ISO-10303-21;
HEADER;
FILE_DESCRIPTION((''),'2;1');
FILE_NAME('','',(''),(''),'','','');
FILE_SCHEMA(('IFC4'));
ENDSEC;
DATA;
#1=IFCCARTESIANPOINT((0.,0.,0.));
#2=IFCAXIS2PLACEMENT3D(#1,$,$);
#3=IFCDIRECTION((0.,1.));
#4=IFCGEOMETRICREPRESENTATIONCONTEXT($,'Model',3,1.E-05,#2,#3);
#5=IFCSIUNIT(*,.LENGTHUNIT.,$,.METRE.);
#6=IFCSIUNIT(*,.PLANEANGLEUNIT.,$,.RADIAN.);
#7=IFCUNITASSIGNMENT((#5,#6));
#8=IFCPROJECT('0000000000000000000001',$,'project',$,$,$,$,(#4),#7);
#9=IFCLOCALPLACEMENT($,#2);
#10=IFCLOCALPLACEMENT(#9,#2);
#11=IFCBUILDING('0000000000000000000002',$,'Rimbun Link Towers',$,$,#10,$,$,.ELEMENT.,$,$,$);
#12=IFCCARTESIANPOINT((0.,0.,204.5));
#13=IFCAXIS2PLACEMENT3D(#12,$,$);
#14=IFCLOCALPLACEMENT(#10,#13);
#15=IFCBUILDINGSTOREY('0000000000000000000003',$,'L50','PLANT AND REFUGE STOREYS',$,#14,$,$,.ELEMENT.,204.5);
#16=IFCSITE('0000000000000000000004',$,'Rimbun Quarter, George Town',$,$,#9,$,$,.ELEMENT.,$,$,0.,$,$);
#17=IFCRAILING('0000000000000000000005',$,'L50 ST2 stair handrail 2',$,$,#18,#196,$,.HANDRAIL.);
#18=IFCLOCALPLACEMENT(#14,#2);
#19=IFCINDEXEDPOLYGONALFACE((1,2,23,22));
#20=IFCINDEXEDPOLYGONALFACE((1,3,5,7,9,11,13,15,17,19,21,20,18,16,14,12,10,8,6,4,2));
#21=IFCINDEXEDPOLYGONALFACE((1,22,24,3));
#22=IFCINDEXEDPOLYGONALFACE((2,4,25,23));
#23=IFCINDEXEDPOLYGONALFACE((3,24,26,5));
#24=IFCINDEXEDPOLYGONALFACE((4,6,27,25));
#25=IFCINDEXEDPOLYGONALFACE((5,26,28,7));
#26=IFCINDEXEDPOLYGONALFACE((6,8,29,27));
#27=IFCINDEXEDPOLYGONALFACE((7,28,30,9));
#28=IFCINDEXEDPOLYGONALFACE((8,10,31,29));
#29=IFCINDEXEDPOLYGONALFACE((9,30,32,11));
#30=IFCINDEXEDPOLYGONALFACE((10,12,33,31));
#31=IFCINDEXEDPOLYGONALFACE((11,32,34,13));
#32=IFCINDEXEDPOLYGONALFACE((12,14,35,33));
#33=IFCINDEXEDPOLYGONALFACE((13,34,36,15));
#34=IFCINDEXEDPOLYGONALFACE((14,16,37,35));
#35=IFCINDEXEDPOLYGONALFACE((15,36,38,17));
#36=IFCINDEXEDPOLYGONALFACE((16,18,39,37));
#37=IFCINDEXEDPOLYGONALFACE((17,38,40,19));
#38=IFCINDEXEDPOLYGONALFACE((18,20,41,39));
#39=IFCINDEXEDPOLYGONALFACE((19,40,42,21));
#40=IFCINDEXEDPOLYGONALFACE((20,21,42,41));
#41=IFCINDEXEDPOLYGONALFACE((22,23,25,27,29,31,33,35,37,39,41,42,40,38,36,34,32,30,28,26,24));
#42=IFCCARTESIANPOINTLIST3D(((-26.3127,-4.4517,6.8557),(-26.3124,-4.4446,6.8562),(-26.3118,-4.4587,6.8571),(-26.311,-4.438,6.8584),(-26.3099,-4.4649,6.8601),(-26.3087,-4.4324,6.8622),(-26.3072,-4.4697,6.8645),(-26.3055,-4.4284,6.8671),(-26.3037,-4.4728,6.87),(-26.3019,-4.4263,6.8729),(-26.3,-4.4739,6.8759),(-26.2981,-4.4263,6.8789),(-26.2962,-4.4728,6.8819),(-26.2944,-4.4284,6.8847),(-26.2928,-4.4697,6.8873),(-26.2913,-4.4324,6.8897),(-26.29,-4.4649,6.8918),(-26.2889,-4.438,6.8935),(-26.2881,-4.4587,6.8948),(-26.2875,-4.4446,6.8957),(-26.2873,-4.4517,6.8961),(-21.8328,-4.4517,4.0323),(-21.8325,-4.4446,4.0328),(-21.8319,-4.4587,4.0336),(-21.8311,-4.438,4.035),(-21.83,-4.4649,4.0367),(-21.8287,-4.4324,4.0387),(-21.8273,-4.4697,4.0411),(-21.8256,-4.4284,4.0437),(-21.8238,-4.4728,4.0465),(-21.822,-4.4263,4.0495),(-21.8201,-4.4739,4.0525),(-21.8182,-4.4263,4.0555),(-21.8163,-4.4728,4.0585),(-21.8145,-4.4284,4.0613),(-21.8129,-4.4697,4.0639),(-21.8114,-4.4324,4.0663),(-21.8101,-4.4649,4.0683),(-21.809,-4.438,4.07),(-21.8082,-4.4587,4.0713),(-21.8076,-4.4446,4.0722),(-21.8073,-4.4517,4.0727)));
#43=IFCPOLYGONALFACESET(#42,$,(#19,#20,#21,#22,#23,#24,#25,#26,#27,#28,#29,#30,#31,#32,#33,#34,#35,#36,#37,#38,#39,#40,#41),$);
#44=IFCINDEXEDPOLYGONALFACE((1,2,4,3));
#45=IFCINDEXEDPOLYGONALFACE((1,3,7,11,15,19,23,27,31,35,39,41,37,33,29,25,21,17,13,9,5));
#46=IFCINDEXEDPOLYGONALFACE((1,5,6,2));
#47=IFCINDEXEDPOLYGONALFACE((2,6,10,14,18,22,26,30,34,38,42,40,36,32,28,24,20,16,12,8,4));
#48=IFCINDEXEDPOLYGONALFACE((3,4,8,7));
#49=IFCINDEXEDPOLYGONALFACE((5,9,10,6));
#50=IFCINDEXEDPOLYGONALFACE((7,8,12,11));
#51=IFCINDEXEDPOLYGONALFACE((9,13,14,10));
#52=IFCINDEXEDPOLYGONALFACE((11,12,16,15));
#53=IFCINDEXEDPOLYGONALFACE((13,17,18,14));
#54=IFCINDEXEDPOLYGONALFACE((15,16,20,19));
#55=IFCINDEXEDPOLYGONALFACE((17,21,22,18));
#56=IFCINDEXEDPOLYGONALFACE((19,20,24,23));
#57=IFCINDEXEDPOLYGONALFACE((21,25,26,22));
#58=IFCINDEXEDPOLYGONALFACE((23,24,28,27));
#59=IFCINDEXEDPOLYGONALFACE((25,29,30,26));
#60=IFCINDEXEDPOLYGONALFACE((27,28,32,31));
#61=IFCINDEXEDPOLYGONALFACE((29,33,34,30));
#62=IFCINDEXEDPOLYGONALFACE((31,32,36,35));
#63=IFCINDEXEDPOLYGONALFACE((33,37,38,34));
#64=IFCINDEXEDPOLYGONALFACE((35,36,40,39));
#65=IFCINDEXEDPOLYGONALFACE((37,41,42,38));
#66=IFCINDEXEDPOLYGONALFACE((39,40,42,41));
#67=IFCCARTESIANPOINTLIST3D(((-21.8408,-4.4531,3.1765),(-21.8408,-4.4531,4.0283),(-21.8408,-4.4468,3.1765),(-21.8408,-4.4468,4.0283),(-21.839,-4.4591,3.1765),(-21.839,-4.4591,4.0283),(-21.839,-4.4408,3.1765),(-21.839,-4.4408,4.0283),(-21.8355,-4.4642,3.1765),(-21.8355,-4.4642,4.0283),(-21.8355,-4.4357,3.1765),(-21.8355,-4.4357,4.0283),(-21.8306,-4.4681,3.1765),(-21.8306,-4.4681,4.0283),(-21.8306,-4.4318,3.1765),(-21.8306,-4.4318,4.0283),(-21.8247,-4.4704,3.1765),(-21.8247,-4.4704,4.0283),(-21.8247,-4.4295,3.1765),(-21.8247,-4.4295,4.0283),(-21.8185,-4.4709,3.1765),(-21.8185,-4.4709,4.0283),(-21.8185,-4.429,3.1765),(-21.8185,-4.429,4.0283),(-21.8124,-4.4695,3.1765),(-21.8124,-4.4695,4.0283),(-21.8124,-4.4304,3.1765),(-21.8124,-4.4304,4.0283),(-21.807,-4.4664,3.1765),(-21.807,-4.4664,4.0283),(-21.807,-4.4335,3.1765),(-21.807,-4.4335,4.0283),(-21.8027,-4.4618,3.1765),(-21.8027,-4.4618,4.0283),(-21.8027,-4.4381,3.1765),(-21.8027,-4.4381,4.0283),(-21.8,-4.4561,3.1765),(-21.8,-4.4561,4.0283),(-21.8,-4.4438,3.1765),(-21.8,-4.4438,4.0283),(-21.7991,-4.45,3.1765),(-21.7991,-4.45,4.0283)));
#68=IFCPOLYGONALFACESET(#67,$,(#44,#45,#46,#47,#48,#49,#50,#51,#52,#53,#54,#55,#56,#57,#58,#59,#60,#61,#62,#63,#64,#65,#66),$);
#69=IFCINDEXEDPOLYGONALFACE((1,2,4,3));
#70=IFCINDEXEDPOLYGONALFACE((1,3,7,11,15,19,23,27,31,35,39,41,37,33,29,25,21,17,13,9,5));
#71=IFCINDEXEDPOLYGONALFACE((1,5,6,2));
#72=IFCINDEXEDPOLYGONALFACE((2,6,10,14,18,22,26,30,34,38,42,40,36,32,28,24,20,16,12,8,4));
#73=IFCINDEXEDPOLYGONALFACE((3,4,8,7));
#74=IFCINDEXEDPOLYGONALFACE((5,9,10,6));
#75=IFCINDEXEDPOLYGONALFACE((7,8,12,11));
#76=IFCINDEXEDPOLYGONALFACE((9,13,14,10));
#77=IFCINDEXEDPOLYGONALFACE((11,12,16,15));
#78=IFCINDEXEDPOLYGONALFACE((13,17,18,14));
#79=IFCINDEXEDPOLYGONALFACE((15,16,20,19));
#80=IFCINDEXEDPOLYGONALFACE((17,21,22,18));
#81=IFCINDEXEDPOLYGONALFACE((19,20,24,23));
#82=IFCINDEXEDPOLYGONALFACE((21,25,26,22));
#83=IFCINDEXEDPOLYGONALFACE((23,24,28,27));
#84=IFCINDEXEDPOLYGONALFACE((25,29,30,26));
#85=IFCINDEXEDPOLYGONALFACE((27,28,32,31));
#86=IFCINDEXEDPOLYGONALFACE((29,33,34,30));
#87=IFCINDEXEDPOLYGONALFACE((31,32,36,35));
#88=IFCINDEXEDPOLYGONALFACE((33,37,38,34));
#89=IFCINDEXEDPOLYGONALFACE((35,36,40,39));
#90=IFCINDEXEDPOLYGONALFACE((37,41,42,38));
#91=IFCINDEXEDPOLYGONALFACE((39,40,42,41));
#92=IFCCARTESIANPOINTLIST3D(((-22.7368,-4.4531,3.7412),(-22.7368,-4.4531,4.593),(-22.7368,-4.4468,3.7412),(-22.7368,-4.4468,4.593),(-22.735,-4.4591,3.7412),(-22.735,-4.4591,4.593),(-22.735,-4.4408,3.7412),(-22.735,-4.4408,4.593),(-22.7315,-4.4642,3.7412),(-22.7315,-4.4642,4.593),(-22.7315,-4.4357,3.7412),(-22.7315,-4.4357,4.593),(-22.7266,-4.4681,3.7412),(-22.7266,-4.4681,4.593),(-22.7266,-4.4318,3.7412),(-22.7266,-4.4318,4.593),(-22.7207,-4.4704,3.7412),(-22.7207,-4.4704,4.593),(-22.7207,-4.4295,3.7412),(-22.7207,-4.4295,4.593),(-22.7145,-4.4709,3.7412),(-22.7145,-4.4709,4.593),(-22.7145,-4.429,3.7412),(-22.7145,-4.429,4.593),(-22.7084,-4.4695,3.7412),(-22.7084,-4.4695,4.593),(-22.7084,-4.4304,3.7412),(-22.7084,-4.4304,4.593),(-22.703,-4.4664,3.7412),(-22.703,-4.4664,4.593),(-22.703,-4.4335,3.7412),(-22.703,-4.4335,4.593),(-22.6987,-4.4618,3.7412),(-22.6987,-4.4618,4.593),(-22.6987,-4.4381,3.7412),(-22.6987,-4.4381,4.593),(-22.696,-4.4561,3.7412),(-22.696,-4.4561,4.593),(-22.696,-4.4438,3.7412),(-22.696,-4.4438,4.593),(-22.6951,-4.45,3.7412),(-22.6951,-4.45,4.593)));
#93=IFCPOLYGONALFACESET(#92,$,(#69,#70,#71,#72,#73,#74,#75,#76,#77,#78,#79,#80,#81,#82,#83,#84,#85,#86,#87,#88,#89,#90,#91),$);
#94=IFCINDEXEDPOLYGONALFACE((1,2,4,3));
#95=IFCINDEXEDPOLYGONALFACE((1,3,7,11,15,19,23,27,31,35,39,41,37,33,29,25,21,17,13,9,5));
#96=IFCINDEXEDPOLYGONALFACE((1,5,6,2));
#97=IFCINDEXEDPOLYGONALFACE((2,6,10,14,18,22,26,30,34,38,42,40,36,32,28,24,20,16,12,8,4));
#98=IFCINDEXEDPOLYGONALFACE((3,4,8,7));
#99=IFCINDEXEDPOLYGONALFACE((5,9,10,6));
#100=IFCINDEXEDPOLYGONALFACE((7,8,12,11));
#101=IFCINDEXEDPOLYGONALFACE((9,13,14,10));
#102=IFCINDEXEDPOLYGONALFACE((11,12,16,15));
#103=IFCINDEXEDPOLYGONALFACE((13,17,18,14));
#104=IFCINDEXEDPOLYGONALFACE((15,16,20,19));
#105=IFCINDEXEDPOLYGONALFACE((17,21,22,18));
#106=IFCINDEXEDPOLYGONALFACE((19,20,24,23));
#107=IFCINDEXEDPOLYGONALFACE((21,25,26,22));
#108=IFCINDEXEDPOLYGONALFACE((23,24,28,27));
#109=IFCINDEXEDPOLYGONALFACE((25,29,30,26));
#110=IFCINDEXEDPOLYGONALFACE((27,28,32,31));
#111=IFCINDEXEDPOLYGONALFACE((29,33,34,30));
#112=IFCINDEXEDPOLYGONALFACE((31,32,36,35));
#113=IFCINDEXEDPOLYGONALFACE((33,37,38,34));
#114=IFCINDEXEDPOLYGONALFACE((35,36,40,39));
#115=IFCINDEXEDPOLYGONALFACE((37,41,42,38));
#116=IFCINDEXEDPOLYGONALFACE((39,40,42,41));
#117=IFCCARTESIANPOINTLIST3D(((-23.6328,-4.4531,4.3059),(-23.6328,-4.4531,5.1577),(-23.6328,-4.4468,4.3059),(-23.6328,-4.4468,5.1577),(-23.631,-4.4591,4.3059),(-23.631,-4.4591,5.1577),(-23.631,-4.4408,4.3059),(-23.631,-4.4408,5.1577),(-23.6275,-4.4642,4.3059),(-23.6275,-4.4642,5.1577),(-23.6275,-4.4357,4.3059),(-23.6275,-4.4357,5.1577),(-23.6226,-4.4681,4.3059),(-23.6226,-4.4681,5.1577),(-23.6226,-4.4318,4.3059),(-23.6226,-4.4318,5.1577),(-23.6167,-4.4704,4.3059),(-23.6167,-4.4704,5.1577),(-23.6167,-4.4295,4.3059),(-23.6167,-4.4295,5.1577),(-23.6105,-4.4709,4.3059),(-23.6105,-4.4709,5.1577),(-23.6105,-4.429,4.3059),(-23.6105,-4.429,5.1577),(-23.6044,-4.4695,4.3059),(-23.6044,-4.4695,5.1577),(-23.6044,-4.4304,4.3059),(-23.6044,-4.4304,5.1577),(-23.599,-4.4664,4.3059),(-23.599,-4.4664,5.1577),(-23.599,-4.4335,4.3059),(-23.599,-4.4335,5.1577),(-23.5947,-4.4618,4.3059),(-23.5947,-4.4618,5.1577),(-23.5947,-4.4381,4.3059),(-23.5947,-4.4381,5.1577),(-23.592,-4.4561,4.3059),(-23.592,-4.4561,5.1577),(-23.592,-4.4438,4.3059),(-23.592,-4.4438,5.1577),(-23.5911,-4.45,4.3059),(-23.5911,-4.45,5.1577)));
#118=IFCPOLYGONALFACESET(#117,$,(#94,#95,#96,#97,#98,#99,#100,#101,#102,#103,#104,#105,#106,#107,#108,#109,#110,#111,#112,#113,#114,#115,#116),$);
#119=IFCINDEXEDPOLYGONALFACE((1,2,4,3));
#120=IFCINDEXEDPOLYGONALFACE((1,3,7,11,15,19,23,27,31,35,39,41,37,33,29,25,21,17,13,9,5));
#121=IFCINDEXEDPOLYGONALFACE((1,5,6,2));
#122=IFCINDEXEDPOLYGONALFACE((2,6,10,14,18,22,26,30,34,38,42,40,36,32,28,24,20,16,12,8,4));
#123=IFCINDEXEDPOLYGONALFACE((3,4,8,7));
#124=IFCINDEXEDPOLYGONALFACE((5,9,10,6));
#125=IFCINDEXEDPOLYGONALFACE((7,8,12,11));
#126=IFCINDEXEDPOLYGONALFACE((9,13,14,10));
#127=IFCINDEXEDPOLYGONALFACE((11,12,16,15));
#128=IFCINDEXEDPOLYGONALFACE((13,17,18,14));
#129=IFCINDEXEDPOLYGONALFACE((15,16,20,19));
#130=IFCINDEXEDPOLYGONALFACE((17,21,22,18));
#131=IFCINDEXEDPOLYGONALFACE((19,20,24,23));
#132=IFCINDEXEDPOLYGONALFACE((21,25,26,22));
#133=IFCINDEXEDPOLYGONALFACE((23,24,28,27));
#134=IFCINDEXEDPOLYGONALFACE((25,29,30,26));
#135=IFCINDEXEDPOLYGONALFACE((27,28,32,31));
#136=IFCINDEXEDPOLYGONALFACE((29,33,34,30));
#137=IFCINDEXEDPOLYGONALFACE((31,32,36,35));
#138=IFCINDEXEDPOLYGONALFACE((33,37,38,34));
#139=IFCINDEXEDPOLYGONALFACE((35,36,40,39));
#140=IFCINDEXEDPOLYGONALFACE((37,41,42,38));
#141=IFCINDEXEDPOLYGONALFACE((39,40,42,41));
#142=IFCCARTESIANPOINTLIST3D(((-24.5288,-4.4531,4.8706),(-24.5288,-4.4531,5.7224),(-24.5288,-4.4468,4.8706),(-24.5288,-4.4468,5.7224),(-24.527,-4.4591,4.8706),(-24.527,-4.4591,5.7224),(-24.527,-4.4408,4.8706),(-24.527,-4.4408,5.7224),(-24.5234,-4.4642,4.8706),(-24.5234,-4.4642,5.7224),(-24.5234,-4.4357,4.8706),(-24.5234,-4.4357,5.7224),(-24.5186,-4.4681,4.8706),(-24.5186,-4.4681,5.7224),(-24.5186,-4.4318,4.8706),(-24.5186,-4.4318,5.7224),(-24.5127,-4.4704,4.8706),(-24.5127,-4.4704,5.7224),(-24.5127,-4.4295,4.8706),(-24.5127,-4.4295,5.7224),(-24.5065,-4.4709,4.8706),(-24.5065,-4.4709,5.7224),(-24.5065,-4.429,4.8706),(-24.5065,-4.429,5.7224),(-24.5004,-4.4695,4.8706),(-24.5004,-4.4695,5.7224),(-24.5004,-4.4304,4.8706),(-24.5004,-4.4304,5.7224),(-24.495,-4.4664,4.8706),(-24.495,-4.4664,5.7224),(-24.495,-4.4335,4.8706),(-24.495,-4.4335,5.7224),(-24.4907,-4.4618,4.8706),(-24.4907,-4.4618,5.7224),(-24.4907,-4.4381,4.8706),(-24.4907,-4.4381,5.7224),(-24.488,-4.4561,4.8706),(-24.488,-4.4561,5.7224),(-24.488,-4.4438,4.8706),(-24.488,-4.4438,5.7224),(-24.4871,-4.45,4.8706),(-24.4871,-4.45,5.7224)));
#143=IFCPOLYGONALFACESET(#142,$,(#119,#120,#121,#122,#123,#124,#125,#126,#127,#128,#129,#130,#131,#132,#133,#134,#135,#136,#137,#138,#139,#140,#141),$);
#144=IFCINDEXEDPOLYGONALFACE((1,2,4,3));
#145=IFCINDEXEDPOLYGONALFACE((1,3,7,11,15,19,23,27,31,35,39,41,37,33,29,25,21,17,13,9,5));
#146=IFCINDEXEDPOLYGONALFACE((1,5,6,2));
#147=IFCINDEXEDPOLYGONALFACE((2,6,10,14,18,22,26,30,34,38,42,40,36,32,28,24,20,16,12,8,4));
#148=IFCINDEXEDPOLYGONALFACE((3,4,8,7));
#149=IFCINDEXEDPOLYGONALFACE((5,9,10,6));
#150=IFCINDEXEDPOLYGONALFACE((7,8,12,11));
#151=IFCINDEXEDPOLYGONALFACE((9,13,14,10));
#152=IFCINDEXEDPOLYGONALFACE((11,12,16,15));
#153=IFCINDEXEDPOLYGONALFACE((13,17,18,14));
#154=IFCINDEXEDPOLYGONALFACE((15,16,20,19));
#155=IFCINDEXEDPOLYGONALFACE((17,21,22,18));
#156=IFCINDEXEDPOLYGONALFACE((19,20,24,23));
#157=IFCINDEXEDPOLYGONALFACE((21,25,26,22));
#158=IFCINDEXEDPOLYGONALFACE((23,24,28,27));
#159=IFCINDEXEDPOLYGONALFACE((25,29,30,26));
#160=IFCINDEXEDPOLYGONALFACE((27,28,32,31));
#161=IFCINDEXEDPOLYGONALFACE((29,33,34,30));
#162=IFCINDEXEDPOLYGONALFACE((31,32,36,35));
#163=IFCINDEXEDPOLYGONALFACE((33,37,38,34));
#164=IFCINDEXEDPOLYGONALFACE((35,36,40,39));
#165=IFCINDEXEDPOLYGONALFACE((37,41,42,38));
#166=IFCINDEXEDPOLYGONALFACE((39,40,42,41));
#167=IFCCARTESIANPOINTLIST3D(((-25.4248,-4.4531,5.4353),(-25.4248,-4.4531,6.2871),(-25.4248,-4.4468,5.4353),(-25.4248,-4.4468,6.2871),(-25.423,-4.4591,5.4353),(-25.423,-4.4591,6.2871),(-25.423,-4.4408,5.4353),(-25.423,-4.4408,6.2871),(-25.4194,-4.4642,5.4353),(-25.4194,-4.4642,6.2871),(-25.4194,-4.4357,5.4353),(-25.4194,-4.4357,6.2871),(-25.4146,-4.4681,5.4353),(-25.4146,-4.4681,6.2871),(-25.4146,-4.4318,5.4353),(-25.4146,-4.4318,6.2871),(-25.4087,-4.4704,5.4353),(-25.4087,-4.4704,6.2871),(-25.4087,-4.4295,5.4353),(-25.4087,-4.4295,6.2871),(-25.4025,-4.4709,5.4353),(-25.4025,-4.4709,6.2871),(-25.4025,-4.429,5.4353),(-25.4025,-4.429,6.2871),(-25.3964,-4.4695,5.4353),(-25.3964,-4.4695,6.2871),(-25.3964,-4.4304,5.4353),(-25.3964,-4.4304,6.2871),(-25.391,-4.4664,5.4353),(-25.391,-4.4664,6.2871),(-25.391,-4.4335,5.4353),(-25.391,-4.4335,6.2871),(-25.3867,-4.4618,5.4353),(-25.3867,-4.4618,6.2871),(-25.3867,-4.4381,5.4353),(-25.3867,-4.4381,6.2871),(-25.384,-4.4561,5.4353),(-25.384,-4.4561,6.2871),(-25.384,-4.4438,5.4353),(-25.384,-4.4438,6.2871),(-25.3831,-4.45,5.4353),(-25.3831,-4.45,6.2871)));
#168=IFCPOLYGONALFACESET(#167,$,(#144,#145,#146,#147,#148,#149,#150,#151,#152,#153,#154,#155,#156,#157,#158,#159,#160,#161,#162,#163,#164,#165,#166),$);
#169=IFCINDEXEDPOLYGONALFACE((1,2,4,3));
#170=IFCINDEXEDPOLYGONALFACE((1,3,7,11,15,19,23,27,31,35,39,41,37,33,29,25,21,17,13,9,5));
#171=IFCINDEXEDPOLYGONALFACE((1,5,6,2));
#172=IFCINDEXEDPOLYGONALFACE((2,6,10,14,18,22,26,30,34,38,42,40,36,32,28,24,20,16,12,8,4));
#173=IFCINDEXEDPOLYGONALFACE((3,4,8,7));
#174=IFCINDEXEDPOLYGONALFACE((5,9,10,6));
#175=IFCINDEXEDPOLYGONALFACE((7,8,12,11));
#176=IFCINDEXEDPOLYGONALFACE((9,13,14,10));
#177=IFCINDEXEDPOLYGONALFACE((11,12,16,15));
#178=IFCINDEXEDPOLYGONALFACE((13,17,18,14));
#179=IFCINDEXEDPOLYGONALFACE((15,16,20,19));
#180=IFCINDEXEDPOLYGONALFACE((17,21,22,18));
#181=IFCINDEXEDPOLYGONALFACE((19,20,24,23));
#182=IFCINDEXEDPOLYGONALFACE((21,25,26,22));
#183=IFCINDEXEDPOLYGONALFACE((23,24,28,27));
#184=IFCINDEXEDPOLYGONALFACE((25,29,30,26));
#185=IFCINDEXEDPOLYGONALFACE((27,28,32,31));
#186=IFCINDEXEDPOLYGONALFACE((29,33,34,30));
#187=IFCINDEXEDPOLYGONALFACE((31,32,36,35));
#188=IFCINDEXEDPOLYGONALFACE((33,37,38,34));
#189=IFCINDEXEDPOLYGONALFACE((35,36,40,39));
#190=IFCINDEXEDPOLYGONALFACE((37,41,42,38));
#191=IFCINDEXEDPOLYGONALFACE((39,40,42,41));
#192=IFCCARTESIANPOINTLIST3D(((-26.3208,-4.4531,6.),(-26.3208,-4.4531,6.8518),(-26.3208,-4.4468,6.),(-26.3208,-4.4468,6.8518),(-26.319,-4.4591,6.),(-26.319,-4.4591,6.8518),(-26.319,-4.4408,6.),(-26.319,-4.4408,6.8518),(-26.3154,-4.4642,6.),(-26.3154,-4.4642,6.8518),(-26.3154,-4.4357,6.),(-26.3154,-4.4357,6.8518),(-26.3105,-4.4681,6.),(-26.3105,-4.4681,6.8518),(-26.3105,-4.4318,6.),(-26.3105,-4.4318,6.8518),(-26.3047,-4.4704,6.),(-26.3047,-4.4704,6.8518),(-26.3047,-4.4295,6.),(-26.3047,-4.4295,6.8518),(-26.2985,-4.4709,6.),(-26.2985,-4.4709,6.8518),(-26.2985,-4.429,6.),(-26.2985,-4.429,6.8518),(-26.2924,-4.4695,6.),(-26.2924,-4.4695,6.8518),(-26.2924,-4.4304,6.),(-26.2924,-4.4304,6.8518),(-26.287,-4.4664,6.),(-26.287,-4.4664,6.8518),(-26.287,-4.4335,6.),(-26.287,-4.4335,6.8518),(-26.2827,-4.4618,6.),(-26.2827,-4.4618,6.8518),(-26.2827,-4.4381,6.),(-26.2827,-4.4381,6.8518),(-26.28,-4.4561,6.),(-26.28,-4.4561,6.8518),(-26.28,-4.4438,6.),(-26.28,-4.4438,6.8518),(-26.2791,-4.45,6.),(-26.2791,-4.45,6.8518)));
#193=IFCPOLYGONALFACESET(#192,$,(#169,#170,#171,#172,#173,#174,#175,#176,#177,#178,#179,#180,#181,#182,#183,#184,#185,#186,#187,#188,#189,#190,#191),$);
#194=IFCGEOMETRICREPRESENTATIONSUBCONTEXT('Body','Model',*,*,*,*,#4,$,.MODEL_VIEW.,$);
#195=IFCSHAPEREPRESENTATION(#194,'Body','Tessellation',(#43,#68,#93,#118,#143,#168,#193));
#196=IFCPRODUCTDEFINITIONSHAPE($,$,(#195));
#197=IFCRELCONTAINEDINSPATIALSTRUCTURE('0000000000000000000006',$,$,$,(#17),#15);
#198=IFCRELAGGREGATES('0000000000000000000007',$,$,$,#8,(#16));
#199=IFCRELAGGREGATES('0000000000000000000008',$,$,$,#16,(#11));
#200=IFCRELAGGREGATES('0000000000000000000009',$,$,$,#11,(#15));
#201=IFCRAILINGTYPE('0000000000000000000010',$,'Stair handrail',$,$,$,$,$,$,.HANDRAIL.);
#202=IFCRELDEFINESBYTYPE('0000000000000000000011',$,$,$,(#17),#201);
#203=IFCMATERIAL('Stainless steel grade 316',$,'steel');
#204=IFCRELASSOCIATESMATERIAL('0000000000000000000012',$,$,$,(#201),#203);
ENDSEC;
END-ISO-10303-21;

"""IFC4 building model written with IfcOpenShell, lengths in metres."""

from ifc_helpers import new_model, si_unit, direction, frame, origin, origin_2d, place, context, subcontext, project, spatial, circle, extrude, material, type_object, element, save


model = new_model("IFC4")

# Units and contexts
model_context = context("Model", 3, precision=1e-05, world=origin(), true_north=direction((0.0, 1.0)))
body_context = subcontext(model_context, "Body", "Model", "MODEL_VIEW")
ifc_project = project(units=[si_unit("LENGTHUNIT", "METRE"), si_unit("PLANEANGLEUNIT", "RADIAN")], contexts=[model_context])

# Site, building, storey
site_placement = place(None, origin())
site = spatial("IfcSite", under=ifc_project, at=site_placement, Name="Rimbun Quarter, George Town", CompositionType="ELEMENT", RefElevation=0.0)
building_placement = place(site_placement, origin())
building = spatial("IfcBuilding", under=site, at=building_placement, Name="Rimbun Link Towers", CompositionType="ELEMENT")
storey_placement = place(building_placement, frame((0.0, 0.0, 204.5)))
storey = spatial("IfcBuildingStorey", under=building, at=storey_placement, Name="L50", Description="PLANT AND REFUGE STOREYS", CompositionType="ELEMENT", Elevation=204.5)

# Railing
ifc_material_1 = material(Name="Stainless steel grade 316", Category="steel")
railing_type_1 = type_object("IfcRailingType", Name="Stair handrail", PredefinedType="HANDRAIL", material=ifc_material_1)
railing_1_placement = place(storey_placement, frame((-21.8201, -4.45, 3.1765)))
element("IfcRailing", 1, at=railing_1_placement, inside=storey, type_object=railing_type_1, Name="L50 ST2 stair handrail 2", PredefinedType="HANDRAIL", context=body_context, shape_type="SweptSolid", body=[
    extrude(circle(Radius=0.0239, at=origin_2d()), frame((0.0, 0.0, 0.876), z_axis=(-0.845998, 0.0, 0.533186), x_axis=(0.0, -1.0, 0.0)), (0.0, 0.0, 1.0), 5.2954),
    extrude(circle(Radius=0.021, at=origin_2d()), origin(), (0.0, 0.0, 1.0), 0.8518),
    extrude(circle(Radius=0.021, at=origin_2d()), frame((-0.896, 0.0, 0.5647)), (0.0, 0.0, 1.0), 0.8518),
    extrude(circle(Radius=0.021, at=origin_2d()), frame((-1.792, 0.0, 1.1294)), (0.0, 0.0, 1.0), 0.8518),
    extrude(circle(Radius=0.021, at=origin_2d()), frame((-2.688, 0.0, 1.6941)), (0.0, 0.0, 1.0), 0.8518),
    extrude(circle(Radius=0.021, at=origin_2d()), frame((-3.584, 0.0, 2.2588)), (0.0, 0.0, 1.0), 0.8518),
    extrude(circle(Radius=0.021, at=origin_2d()), frame((-4.48, 0.0, 2.8235)), (0.0, 0.0, 1.0), 0.8518),
])

save(model, "model.ifc")
